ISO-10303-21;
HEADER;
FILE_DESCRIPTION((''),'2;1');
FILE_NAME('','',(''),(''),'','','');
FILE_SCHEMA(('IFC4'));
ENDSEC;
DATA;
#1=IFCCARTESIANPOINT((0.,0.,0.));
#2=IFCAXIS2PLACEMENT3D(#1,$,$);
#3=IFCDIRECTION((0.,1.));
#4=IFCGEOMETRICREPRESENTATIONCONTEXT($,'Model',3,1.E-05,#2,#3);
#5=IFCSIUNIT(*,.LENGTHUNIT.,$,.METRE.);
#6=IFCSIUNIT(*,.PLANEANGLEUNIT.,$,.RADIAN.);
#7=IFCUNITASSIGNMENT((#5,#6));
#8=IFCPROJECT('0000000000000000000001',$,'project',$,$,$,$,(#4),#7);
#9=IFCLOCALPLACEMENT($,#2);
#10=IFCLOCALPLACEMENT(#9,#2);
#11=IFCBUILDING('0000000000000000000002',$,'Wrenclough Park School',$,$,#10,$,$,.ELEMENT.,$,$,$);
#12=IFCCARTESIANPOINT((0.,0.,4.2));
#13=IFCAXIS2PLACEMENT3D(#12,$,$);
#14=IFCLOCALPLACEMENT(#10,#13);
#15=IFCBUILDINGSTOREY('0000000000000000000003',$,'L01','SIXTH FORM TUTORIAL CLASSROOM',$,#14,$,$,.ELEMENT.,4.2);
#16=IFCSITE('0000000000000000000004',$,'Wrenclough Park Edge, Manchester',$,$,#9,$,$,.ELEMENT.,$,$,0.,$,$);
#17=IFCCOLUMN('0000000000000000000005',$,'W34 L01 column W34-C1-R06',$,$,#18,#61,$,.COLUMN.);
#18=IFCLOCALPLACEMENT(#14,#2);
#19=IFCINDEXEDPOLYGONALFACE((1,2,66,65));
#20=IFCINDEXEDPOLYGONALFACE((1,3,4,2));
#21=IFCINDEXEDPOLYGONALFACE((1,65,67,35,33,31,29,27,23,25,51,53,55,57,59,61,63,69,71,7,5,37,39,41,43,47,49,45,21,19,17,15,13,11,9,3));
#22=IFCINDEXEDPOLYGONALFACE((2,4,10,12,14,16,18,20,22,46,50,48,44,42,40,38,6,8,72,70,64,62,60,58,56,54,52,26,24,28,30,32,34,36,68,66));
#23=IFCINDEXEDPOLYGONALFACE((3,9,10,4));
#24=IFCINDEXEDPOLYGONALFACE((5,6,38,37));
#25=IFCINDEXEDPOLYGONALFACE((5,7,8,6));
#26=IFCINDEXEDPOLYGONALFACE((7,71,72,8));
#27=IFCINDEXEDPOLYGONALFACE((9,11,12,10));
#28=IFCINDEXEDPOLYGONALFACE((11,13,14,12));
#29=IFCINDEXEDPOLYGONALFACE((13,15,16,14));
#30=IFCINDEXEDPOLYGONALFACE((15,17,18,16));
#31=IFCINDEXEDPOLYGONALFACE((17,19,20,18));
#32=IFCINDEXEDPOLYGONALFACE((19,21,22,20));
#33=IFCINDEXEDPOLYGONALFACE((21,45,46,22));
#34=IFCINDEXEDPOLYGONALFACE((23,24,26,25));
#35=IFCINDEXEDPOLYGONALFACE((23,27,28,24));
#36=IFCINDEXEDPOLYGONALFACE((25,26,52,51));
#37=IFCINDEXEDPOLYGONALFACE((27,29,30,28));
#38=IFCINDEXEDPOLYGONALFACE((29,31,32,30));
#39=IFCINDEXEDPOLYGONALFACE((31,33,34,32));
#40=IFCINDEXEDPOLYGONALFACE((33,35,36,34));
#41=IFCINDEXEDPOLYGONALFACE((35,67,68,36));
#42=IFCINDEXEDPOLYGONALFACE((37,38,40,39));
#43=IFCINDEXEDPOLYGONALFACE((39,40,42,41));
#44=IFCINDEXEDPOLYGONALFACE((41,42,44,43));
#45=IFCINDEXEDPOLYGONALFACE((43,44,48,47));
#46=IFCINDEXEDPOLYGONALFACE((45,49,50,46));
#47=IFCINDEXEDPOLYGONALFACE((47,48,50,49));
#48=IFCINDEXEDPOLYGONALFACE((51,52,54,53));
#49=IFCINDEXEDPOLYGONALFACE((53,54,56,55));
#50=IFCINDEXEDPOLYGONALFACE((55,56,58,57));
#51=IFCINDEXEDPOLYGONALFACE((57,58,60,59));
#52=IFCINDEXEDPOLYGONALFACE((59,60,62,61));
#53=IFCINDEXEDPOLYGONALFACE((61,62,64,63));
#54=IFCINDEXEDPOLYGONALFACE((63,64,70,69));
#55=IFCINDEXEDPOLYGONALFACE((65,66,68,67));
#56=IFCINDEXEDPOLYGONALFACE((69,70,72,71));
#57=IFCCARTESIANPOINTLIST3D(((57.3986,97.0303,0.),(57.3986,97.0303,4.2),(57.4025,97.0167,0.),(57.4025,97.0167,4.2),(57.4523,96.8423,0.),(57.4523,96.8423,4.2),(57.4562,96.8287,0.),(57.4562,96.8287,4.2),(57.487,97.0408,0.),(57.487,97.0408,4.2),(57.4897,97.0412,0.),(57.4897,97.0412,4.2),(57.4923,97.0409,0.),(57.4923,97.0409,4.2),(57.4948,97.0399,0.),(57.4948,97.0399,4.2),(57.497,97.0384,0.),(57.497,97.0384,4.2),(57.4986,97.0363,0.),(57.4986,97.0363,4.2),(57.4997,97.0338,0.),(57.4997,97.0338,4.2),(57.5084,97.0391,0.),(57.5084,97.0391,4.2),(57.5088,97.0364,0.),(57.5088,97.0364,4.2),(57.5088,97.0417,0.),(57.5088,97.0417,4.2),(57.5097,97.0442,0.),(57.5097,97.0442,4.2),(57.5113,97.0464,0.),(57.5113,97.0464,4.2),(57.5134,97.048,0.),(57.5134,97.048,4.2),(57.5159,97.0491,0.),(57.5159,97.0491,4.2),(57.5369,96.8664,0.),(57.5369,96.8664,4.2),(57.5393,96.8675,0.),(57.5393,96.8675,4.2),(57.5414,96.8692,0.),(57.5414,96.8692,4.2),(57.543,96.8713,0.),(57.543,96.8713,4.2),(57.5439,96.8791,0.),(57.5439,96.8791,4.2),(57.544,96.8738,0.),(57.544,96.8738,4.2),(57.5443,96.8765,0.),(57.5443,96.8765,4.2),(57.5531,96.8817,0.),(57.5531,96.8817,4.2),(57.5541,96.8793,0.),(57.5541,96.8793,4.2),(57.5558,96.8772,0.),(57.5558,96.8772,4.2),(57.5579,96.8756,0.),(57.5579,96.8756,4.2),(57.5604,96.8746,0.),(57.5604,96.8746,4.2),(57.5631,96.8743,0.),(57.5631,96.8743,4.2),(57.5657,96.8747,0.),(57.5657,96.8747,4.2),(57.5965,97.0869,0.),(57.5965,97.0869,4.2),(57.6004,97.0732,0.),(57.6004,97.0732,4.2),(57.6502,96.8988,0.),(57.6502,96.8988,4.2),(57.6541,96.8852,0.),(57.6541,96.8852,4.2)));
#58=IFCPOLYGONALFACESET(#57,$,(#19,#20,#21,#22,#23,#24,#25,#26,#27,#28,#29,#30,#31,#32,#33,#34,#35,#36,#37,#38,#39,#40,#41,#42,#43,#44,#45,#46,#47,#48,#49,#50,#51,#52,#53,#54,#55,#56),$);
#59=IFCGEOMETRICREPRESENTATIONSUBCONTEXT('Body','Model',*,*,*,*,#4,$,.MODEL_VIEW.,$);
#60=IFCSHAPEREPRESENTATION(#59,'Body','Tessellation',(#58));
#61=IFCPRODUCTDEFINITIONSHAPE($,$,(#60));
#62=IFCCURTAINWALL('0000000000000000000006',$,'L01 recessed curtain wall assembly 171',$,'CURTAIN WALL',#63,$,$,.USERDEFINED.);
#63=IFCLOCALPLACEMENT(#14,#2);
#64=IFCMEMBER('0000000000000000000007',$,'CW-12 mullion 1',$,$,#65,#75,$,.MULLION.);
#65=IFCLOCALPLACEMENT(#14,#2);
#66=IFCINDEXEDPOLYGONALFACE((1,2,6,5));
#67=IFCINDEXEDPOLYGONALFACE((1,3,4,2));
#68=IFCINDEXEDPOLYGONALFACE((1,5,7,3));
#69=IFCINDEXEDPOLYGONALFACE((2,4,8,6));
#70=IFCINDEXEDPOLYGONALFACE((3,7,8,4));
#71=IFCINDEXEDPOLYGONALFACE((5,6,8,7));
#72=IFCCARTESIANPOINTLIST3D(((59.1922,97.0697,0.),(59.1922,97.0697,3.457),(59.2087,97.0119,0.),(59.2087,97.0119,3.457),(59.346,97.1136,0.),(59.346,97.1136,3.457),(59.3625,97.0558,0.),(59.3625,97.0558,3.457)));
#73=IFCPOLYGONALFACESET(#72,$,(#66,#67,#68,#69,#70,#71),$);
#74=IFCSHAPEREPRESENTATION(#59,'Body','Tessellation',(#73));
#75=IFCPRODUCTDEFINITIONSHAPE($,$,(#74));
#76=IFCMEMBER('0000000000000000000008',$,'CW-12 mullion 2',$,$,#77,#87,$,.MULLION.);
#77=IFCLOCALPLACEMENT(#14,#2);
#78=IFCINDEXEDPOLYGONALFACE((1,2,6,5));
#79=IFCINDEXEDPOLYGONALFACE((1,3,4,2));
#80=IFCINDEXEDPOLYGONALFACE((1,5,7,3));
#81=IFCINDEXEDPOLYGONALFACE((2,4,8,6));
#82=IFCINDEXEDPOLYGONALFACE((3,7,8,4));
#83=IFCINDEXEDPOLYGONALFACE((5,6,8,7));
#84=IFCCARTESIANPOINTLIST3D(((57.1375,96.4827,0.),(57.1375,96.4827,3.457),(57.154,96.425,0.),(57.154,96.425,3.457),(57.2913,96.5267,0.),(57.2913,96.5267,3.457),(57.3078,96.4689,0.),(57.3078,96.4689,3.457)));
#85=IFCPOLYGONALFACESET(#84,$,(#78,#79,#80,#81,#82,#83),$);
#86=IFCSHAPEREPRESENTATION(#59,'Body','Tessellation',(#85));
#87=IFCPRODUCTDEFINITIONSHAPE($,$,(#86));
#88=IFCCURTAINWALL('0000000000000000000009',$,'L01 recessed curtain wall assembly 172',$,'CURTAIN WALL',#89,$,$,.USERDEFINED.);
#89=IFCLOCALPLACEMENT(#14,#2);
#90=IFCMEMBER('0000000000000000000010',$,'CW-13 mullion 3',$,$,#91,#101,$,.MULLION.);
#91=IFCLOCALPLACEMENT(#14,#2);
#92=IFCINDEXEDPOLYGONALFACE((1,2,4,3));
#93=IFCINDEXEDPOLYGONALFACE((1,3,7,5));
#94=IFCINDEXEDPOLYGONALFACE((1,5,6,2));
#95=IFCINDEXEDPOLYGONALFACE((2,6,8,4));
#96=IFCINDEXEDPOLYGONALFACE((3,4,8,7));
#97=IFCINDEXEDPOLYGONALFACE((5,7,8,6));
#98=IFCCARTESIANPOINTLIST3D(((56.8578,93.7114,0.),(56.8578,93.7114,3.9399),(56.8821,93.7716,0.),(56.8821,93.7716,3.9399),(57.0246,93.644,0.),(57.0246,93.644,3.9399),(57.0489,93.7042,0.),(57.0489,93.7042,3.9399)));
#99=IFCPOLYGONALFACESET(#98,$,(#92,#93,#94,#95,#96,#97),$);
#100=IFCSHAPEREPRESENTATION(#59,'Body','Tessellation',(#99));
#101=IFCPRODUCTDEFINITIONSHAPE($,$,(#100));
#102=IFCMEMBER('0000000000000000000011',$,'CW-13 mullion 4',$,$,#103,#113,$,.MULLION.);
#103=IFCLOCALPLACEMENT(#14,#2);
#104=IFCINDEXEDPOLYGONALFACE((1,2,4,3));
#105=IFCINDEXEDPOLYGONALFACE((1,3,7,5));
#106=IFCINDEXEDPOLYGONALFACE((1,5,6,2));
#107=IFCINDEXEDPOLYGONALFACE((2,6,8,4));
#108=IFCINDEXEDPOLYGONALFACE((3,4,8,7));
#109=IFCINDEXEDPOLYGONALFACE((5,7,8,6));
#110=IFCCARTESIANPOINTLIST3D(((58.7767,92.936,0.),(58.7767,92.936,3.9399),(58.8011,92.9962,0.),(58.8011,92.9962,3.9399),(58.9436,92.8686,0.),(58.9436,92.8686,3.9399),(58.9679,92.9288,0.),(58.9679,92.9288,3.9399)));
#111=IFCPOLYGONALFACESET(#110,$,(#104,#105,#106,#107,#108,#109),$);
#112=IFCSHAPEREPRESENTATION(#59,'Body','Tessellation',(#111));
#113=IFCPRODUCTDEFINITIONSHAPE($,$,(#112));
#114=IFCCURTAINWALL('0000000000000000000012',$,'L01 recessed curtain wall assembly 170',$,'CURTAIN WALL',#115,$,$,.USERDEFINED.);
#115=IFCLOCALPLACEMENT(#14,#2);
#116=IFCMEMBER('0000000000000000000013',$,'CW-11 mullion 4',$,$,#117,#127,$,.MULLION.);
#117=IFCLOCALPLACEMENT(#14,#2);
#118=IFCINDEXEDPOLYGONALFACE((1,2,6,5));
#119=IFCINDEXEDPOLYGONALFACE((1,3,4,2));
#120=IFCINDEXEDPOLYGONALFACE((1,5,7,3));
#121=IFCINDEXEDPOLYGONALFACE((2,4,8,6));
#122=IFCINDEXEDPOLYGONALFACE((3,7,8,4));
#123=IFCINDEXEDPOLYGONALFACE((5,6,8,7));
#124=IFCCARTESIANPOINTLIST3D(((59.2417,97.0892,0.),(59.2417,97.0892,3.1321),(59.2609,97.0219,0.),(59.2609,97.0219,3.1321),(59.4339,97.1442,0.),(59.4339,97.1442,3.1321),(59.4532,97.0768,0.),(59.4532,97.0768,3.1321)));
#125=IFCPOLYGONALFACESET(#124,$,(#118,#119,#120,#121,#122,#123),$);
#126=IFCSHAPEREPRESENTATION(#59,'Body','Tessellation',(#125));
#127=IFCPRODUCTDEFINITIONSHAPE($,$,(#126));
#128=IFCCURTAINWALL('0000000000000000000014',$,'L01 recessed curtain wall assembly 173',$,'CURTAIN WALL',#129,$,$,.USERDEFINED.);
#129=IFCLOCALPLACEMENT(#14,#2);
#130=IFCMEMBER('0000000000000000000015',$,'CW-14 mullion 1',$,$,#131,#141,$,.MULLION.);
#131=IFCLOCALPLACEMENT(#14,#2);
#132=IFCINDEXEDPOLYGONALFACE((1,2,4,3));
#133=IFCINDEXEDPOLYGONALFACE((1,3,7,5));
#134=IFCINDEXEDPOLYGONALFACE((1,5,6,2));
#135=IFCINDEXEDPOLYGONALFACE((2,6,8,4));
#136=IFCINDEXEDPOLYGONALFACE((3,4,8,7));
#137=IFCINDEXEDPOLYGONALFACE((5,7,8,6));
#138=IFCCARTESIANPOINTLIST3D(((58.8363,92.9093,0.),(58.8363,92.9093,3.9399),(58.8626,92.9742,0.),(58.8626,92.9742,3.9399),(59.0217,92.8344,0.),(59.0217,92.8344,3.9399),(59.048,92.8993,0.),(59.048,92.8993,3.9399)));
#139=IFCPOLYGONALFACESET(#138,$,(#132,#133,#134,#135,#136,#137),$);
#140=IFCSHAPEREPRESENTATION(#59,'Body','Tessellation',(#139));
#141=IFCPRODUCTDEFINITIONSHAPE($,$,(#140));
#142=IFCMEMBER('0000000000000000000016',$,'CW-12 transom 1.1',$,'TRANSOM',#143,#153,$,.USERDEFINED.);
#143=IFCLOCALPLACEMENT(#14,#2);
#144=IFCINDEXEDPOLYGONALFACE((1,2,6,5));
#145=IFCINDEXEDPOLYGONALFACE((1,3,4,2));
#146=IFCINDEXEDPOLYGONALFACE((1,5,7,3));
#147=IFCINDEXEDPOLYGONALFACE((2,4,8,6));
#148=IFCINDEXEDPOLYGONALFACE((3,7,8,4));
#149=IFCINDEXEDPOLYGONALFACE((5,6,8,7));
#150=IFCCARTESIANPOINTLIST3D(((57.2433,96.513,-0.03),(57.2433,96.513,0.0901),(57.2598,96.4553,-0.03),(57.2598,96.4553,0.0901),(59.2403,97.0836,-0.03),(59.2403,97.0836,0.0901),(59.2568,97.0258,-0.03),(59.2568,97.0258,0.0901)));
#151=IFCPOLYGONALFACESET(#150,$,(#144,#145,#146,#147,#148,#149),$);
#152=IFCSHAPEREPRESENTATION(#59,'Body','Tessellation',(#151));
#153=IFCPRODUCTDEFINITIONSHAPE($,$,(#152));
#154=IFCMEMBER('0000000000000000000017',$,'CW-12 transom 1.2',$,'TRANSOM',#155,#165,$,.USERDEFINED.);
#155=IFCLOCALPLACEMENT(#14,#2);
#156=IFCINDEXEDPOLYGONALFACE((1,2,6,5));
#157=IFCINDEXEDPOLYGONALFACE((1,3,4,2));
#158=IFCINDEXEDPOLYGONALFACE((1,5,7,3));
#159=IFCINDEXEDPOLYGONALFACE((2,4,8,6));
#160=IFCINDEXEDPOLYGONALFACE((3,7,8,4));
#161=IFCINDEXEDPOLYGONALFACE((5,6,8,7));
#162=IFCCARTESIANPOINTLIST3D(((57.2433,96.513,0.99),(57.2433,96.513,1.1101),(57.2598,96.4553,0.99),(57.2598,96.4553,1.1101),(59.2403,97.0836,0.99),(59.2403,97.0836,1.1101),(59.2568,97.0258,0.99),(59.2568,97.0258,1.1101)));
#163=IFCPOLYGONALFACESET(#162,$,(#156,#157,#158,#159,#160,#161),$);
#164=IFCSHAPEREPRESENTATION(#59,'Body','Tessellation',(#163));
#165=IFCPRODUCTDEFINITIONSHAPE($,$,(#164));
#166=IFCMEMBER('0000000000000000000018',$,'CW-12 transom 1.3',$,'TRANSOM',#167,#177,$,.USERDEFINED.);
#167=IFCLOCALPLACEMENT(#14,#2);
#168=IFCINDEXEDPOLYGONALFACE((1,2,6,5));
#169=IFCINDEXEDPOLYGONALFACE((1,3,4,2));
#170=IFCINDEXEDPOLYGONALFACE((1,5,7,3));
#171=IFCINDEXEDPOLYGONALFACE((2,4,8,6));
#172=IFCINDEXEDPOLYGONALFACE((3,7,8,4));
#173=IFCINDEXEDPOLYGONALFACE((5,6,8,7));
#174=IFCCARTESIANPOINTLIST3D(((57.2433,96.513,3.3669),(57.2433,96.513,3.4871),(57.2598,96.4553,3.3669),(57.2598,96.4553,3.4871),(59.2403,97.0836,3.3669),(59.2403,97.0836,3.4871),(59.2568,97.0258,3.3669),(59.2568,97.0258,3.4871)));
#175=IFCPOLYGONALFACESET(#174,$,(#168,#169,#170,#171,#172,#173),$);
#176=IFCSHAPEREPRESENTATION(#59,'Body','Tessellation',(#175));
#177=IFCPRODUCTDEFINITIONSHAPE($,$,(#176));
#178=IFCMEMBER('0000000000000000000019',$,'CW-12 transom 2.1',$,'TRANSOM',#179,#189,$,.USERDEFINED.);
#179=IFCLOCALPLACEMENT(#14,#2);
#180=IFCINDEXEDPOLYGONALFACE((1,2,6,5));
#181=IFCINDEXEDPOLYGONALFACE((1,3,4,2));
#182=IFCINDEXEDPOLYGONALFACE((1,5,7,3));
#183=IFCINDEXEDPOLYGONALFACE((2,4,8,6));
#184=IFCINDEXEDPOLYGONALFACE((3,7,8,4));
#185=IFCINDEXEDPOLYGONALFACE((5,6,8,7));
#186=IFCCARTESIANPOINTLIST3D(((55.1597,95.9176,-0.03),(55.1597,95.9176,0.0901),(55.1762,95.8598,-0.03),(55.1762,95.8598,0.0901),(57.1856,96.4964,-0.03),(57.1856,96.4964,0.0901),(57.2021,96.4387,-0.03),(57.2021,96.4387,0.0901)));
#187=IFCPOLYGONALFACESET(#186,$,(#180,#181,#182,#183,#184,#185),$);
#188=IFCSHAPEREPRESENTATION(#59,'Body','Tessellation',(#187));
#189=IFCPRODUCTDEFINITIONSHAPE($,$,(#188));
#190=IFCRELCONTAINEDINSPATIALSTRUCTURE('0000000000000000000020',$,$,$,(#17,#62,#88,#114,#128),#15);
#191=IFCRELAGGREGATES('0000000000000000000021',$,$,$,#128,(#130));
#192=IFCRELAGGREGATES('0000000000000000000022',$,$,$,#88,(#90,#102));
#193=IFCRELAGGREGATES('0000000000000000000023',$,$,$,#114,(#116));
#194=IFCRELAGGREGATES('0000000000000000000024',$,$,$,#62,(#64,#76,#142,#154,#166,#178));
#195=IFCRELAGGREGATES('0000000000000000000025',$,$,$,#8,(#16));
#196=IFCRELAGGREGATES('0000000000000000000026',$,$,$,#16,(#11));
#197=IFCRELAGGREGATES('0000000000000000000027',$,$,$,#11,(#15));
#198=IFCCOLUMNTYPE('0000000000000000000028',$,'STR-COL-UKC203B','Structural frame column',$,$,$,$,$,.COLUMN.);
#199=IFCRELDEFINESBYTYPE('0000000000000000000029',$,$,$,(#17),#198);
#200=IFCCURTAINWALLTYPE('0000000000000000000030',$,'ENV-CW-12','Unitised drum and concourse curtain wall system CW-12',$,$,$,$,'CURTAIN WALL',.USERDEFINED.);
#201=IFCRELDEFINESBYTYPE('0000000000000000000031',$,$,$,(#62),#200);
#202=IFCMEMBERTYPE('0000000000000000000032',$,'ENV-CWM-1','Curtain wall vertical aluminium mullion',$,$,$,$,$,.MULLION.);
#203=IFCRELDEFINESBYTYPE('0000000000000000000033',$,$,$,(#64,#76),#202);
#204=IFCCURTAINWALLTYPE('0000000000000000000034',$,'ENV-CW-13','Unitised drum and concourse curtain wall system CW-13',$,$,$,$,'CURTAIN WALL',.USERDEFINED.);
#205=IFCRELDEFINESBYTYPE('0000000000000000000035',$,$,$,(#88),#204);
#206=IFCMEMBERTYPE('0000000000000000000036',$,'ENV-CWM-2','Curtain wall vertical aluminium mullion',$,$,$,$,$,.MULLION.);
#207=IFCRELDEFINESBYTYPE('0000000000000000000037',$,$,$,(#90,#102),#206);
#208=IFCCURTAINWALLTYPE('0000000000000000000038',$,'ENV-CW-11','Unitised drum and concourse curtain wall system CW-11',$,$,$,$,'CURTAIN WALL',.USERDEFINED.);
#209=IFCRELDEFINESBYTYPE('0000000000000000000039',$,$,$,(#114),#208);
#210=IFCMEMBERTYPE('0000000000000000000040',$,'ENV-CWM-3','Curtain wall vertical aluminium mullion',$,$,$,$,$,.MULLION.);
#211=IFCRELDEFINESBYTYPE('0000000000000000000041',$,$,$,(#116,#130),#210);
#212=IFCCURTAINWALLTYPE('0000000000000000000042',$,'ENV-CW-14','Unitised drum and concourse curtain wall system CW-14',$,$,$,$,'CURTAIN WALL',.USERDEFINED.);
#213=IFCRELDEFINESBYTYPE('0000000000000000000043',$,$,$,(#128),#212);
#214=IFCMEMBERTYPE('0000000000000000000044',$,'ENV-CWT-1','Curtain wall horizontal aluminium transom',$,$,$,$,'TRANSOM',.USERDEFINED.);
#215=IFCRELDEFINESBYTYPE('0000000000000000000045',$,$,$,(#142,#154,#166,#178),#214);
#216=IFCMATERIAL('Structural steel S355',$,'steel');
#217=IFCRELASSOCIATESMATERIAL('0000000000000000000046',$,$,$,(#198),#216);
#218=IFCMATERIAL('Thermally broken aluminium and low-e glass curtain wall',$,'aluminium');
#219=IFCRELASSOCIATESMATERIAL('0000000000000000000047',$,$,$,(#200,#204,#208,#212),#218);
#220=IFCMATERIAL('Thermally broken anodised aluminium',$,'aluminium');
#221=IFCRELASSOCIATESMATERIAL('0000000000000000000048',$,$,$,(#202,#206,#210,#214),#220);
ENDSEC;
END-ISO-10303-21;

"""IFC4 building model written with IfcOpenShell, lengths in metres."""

from ifc_helpers import new_model, si_unit, direction, frame, origin, origin_2d, place, context, subcontext, project, spatial, rectangle, i_section, extrude, material, material_profile, profile_set, type_object, element, aggregate, save


model = new_model("IFC4")

# Units and contexts
model_context = context("Model", 3, precision=1e-05, world=origin(), true_north=direction((0.0, 1.0)))
body_context = subcontext(model_context, "Body", "Model", "MODEL_VIEW")
ifc_project = project(units=[si_unit("LENGTHUNIT", "METRE"), si_unit("PLANEANGLEUNIT", "RADIAN")], contexts=[model_context])

# Site, building, storey
site_placement = place(None, origin())
site = spatial("IfcSite", under=ifc_project, at=site_placement, Name="Wrenclough Park Edge, Manchester", CompositionType="ELEMENT", RefElevation=0.0)
building_placement = place(site_placement, origin())
building = spatial("IfcBuilding", under=site, at=building_placement, Name="Wrenclough Park School", CompositionType="ELEMENT")
storey_placement = place(building_placement, frame((0.0, 0.0, 4.2)))
storey = spatial("IfcBuildingStorey", under=building, at=storey_placement, Name="L01", Description="SIXTH FORM TUTORIAL CLASSROOM", CompositionType="ELEMENT", Elevation=4.2)

# Column
ifc_material_1 = material(Name="Structural steel S355", Category="steel")
ifc_material_profile_1 = material_profile(ifc_material_1, i_section(OverallWidth=0.2058, OverallDepth=0.2097, WebThickness=0.0095, FlangeThickness=0.0142, FilletRadius=0.0103, at=origin_2d()), Name="UKC 203x203x60")
ifc_profile_set_1 = profile_set([ifc_material_profile_1], Name="Structural steel S355")
column_type = type_object("IfcColumnType", Name="STR-COL-UKC203B", Description="Structural frame column", PredefinedType="COLUMN", material=ifc_profile_set_1)
column_placement = place(storey_placement, frame((57.5264, 96.9578, 0.0), z_axis=(0.0, 0.0, 1.0), x_axis=(0.961502, 0.274798, 0.0)))
element("IfcColumn", 1, at=column_placement, inside=storey, type_object=column_type, Name="W34 L01 column W34-C1-R06", PredefinedType="COLUMN", context=body_context, shape_type="SweptSolid", body=[
    extrude(i_section(OverallWidth=0.2058, OverallDepth=0.2097, WebThickness=0.0095, FlangeThickness=0.0142, FilletRadius=0.0103, at=origin_2d()), origin(), (0.0, 0.0, 1.0), 4.2),
])

# Curtain walls, members
ifc_material_2 = material(Name="Thermally broken aluminium and low-e glass curtain wall", Category="aluminium")
curtain_wall_type_1 = type_object("IfcCurtainWallType", Name="ENV-CW-12", Description="Unitised drum and concourse curtain wall system CW-12", ElementType="CURTAIN WALL", PredefinedType="USERDEFINED", material=ifc_material_2)
curtain_wall_1_placement = place(storey_placement, origin())
curtain_wall_1 = element("IfcCurtainWall", 2, at=curtain_wall_1_placement, inside=storey, type_object=curtain_wall_type_1, Name="L01 recessed curtain wall assembly 171", ObjectType="CURTAIN WALL", PredefinedType="USERDEFINED")
ifc_material_3 = material(Name="Thermally broken anodised aluminium", Category="aluminium")
ifc_material_profile_2 = material_profile(ifc_material_3, rectangle(XDim=0.0601, YDim=0.1599, at=origin_2d()), Name="AL MULLION 60x160")
ifc_profile_set_2 = profile_set([ifc_material_profile_2], Name="Thermally broken anodised aluminium")
member_type_1 = type_object("IfcMemberType", Name="ENV-CWM-1", Description="Curtain wall vertical aluminium mullion", PredefinedType="MULLION", material=ifc_profile_set_2)
member_1_placement = place(storey_placement, frame((59.2773, 97.0627, 0.0), z_axis=(0.0, 0.0, 1.0), x_axis=(0.274723, -0.961523, 0.0)))
member_1 = element("IfcMember", 3, at=member_1_placement, type_object=member_type_1, Name="CW-12 mullion 1", PredefinedType="MULLION", context=body_context, shape_type="SweptSolid", body=[
    extrude(rectangle(XDim=0.0601, YDim=0.1599, at=origin_2d()), origin(), (0.0, 0.0, 1.0), 3.457),
])
member_2_placement = place(storey_placement, frame((57.2227, 96.4758, 0.0), z_axis=(0.0, 0.0, 1.0), x_axis=(0.274723, -0.961523, 0.0)))
member_2 = element("IfcMember", 4, at=member_2_placement, type_object=member_type_1, Name="CW-12 mullion 2", PredefinedType="MULLION", context=body_context, shape_type="SweptSolid", body=[
    extrude(rectangle(XDim=0.0601, YDim=0.1599, at=origin_2d()), origin(), (0.0, 0.0, 1.0), 3.457),
])
curtain_wall_type_2 = type_object("IfcCurtainWallType", Name="ENV-CW-13", Description="Unitised drum and concourse curtain wall system CW-13", ElementType="CURTAIN WALL", PredefinedType="USERDEFINED", material=ifc_material_2)
curtain_wall_2_placement = place(storey_placement, origin())
curtain_wall_2 = element("IfcCurtainWall", 5, at=curtain_wall_2_placement, inside=storey, type_object=curtain_wall_type_2, Name="L01 recessed curtain wall assembly 172", ObjectType="CURTAIN WALL", PredefinedType="USERDEFINED")
ifc_material_profile_3 = material_profile(ifc_material_3, rectangle(XDim=0.0649, YDim=0.1799, at=origin_2d()), Name="AL MULLION 65x180")
ifc_profile_set_3 = profile_set([ifc_material_profile_3], Name="Thermally broken anodised aluminium")
member_type_2 = type_object("IfcMemberType", Name="ENV-CWM-2", Description="Curtain wall vertical aluminium mullion", PredefinedType="MULLION", material=ifc_profile_set_3)
member_3_placement = place(storey_placement, frame((56.9534, 93.7078, 0.0), z_axis=(0.0, 0.0, 1.0), x_axis=(0.374606, 0.927184, 0.0)))
member_3 = element("IfcMember", 6, at=member_3_placement, type_object=member_type_2, Name="CW-13 mullion 3", PredefinedType="MULLION", context=body_context, shape_type="SweptSolid", body=[
    extrude(rectangle(XDim=0.0649, YDim=0.1799, at=origin_2d()), origin(), (0.0, 0.0, 1.0), 3.9399),
])
member_4_placement = place(storey_placement, frame((58.8723, 92.9324, 0.0), z_axis=(0.0, 0.0, 1.0), x_axis=(0.374606, 0.927184, 0.0)))
member_4 = element("IfcMember", 7, at=member_4_placement, type_object=member_type_2, Name="CW-13 mullion 4", PredefinedType="MULLION", context=body_context, shape_type="SweptSolid", body=[
    extrude(rectangle(XDim=0.0649, YDim=0.1799, at=origin_2d()), origin(), (0.0, 0.0, 1.0), 3.9399),
])

# Curtain walls, members
curtain_wall_type_3 = type_object("IfcCurtainWallType", Name="ENV-CW-11", Description="Unitised drum and concourse curtain wall system CW-11", ElementType="CURTAIN WALL", PredefinedType="USERDEFINED", material=ifc_material_2)
curtain_wall_3_placement = place(storey_placement, origin())
curtain_wall_3 = element("IfcCurtainWall", 8, at=curtain_wall_3_placement, inside=storey, type_object=curtain_wall_type_3, Name="L01 recessed curtain wall assembly 170", ObjectType="CURTAIN WALL", PredefinedType="USERDEFINED")
ifc_material_profile_4 = material_profile(ifc_material_3, rectangle(XDim=0.0701, YDim=0.2, at=origin_2d()), Name="AL MULLION 70x200")
ifc_profile_set_4 = profile_set([ifc_material_profile_4], Name="Thermally broken anodised aluminium")
member_type_3 = type_object("IfcMemberType", Name="ENV-CWM-3", Description="Curtain wall vertical aluminium mullion", PredefinedType="MULLION", material=ifc_profile_set_4)
member_5_placement = place(storey_placement, frame((59.3474, 97.083, 0.0), z_axis=(0.0, 0.0, 1.0), x_axis=(0.274709, -0.961527, 0.0)))
member_5 = element("IfcMember", 9, at=member_5_placement, type_object=member_type_3, Name="CW-11 mullion 4", PredefinedType="MULLION", context=body_context, shape_type="SweptSolid", body=[
    extrude(rectangle(XDim=0.0701, YDim=0.2, at=origin_2d()), origin(), (0.0, 0.0, 1.0), 3.1321),
])
curtain_wall_type_4 = type_object("IfcCurtainWallType", Name="ENV-CW-14", Description="Unitised drum and concourse curtain wall system CW-14", ElementType="CURTAIN WALL", PredefinedType="USERDEFINED", material=ifc_material_2)
curtain_wall_4_placement = place(storey_placement, origin())
curtain_wall_4 = element("IfcCurtainWall", 10, at=curtain_wall_4_placement, inside=storey, type_object=curtain_wall_type_4, Name="L01 recessed curtain wall assembly 173", ObjectType="CURTAIN WALL", PredefinedType="USERDEFINED")
member_6_placement = place(storey_placement, frame((58.9421, 92.9043, 0.0), z_axis=(0.0, 0.0, 1.0), x_axis=(0.374593, 0.927189, 0.0)))
member_6 = element("IfcMember", 11, at=member_6_placement, type_object=member_type_3, Name="CW-14 mullion 1", PredefinedType="MULLION", context=body_context, shape_type="SweptSolid", body=[
    extrude(rectangle(XDim=0.0701, YDim=0.2, at=origin_2d()), origin(), (0.0, 0.0, 1.0), 3.9399),
])

# Members
ifc_material_profile_5 = material_profile(ifc_material_3, rectangle(XDim=0.0601, YDim=0.1201, at=origin_2d()), Name="AL TRANSOM 60x120")
ifc_profile_set_5 = profile_set([ifc_material_profile_5], Name="Thermally broken anodised aluminium")
member_type_4 = type_object("IfcMemberType", Name="ENV-CWT-1", Description="Curtain wall horizontal aluminium transom", ElementType="TRANSOM", PredefinedType="USERDEFINED", material=ifc_profile_set_5)
member_7_placement = place(storey_placement, frame((59.2485, 97.0547, 0.03), z_axis=(-0.961528, -0.274706, 0.0), x_axis=(0.274706, -0.961528, 0.0)))
member_7 = element("IfcMember", 12, at=member_7_placement, type_object=member_type_4, Name="CW-12 transom 1.1", ObjectType="TRANSOM", PredefinedType="USERDEFINED", context=body_context, shape_type="SweptSolid", body=[
    extrude(rectangle(XDim=0.0601, YDim=0.1201, at=origin_2d()), origin(), (0.0, 0.0, 1.0), 2.0769),
])
member_8_placement = place(storey_placement, frame((59.2485, 97.0547, 1.05), z_axis=(-0.961528, -0.274706, 0.0), x_axis=(0.274706, -0.961528, 0.0)))
member_8 = element("IfcMember", 13, at=member_8_placement, type_object=member_type_4, Name="CW-12 transom 1.2", ObjectType="TRANSOM", PredefinedType="USERDEFINED", context=body_context, shape_type="SweptSolid", body=[
    extrude(rectangle(XDim=0.0601, YDim=0.1201, at=origin_2d()), origin(), (0.0, 0.0, 1.0), 2.0769),
])
member_9_placement = place(storey_placement, frame((59.2485, 97.0547, 3.427), z_axis=(-0.961528, -0.274706, 0.0), x_axis=(0.274706, -0.961528, 0.0)))
member_9 = element("IfcMember", 14, at=member_9_placement, type_object=member_type_4, Name="CW-12 transom 1.3", ObjectType="TRANSOM", PredefinedType="USERDEFINED", context=body_context, shape_type="SweptSolid", body=[
    extrude(rectangle(XDim=0.0601, YDim=0.1201, at=origin_2d()), origin(), (0.0, 0.0, 1.0), 2.0769),
])
member_10_placement = place(storey_placement, frame((57.1938, 96.4675, 0.03), z_axis=(-0.96152, -0.274736, 0.0), x_axis=(0.274736, -0.96152, 0.0)))
member_10 = element("IfcMember", 15, at=member_10_placement, type_object=member_type_4, Name="CW-12 transom 2.1", ObjectType="TRANSOM", PredefinedType="USERDEFINED", context=body_context, shape_type="SweptSolid", body=[
    extrude(rectangle(XDim=0.0601, YDim=0.1201, at=origin_2d()), origin(), (0.0, 0.0, 1.0), 2.1069),
])
aggregate(curtain_wall_4, [member_6])

aggregate(curtain_wall_2, [member_3, member_4])
aggregate(curtain_wall_3, [member_5])
aggregate(curtain_wall_1, [member_1, member_2, member_7, member_8, member_9, member_10])

save(model, "model.ifc")
